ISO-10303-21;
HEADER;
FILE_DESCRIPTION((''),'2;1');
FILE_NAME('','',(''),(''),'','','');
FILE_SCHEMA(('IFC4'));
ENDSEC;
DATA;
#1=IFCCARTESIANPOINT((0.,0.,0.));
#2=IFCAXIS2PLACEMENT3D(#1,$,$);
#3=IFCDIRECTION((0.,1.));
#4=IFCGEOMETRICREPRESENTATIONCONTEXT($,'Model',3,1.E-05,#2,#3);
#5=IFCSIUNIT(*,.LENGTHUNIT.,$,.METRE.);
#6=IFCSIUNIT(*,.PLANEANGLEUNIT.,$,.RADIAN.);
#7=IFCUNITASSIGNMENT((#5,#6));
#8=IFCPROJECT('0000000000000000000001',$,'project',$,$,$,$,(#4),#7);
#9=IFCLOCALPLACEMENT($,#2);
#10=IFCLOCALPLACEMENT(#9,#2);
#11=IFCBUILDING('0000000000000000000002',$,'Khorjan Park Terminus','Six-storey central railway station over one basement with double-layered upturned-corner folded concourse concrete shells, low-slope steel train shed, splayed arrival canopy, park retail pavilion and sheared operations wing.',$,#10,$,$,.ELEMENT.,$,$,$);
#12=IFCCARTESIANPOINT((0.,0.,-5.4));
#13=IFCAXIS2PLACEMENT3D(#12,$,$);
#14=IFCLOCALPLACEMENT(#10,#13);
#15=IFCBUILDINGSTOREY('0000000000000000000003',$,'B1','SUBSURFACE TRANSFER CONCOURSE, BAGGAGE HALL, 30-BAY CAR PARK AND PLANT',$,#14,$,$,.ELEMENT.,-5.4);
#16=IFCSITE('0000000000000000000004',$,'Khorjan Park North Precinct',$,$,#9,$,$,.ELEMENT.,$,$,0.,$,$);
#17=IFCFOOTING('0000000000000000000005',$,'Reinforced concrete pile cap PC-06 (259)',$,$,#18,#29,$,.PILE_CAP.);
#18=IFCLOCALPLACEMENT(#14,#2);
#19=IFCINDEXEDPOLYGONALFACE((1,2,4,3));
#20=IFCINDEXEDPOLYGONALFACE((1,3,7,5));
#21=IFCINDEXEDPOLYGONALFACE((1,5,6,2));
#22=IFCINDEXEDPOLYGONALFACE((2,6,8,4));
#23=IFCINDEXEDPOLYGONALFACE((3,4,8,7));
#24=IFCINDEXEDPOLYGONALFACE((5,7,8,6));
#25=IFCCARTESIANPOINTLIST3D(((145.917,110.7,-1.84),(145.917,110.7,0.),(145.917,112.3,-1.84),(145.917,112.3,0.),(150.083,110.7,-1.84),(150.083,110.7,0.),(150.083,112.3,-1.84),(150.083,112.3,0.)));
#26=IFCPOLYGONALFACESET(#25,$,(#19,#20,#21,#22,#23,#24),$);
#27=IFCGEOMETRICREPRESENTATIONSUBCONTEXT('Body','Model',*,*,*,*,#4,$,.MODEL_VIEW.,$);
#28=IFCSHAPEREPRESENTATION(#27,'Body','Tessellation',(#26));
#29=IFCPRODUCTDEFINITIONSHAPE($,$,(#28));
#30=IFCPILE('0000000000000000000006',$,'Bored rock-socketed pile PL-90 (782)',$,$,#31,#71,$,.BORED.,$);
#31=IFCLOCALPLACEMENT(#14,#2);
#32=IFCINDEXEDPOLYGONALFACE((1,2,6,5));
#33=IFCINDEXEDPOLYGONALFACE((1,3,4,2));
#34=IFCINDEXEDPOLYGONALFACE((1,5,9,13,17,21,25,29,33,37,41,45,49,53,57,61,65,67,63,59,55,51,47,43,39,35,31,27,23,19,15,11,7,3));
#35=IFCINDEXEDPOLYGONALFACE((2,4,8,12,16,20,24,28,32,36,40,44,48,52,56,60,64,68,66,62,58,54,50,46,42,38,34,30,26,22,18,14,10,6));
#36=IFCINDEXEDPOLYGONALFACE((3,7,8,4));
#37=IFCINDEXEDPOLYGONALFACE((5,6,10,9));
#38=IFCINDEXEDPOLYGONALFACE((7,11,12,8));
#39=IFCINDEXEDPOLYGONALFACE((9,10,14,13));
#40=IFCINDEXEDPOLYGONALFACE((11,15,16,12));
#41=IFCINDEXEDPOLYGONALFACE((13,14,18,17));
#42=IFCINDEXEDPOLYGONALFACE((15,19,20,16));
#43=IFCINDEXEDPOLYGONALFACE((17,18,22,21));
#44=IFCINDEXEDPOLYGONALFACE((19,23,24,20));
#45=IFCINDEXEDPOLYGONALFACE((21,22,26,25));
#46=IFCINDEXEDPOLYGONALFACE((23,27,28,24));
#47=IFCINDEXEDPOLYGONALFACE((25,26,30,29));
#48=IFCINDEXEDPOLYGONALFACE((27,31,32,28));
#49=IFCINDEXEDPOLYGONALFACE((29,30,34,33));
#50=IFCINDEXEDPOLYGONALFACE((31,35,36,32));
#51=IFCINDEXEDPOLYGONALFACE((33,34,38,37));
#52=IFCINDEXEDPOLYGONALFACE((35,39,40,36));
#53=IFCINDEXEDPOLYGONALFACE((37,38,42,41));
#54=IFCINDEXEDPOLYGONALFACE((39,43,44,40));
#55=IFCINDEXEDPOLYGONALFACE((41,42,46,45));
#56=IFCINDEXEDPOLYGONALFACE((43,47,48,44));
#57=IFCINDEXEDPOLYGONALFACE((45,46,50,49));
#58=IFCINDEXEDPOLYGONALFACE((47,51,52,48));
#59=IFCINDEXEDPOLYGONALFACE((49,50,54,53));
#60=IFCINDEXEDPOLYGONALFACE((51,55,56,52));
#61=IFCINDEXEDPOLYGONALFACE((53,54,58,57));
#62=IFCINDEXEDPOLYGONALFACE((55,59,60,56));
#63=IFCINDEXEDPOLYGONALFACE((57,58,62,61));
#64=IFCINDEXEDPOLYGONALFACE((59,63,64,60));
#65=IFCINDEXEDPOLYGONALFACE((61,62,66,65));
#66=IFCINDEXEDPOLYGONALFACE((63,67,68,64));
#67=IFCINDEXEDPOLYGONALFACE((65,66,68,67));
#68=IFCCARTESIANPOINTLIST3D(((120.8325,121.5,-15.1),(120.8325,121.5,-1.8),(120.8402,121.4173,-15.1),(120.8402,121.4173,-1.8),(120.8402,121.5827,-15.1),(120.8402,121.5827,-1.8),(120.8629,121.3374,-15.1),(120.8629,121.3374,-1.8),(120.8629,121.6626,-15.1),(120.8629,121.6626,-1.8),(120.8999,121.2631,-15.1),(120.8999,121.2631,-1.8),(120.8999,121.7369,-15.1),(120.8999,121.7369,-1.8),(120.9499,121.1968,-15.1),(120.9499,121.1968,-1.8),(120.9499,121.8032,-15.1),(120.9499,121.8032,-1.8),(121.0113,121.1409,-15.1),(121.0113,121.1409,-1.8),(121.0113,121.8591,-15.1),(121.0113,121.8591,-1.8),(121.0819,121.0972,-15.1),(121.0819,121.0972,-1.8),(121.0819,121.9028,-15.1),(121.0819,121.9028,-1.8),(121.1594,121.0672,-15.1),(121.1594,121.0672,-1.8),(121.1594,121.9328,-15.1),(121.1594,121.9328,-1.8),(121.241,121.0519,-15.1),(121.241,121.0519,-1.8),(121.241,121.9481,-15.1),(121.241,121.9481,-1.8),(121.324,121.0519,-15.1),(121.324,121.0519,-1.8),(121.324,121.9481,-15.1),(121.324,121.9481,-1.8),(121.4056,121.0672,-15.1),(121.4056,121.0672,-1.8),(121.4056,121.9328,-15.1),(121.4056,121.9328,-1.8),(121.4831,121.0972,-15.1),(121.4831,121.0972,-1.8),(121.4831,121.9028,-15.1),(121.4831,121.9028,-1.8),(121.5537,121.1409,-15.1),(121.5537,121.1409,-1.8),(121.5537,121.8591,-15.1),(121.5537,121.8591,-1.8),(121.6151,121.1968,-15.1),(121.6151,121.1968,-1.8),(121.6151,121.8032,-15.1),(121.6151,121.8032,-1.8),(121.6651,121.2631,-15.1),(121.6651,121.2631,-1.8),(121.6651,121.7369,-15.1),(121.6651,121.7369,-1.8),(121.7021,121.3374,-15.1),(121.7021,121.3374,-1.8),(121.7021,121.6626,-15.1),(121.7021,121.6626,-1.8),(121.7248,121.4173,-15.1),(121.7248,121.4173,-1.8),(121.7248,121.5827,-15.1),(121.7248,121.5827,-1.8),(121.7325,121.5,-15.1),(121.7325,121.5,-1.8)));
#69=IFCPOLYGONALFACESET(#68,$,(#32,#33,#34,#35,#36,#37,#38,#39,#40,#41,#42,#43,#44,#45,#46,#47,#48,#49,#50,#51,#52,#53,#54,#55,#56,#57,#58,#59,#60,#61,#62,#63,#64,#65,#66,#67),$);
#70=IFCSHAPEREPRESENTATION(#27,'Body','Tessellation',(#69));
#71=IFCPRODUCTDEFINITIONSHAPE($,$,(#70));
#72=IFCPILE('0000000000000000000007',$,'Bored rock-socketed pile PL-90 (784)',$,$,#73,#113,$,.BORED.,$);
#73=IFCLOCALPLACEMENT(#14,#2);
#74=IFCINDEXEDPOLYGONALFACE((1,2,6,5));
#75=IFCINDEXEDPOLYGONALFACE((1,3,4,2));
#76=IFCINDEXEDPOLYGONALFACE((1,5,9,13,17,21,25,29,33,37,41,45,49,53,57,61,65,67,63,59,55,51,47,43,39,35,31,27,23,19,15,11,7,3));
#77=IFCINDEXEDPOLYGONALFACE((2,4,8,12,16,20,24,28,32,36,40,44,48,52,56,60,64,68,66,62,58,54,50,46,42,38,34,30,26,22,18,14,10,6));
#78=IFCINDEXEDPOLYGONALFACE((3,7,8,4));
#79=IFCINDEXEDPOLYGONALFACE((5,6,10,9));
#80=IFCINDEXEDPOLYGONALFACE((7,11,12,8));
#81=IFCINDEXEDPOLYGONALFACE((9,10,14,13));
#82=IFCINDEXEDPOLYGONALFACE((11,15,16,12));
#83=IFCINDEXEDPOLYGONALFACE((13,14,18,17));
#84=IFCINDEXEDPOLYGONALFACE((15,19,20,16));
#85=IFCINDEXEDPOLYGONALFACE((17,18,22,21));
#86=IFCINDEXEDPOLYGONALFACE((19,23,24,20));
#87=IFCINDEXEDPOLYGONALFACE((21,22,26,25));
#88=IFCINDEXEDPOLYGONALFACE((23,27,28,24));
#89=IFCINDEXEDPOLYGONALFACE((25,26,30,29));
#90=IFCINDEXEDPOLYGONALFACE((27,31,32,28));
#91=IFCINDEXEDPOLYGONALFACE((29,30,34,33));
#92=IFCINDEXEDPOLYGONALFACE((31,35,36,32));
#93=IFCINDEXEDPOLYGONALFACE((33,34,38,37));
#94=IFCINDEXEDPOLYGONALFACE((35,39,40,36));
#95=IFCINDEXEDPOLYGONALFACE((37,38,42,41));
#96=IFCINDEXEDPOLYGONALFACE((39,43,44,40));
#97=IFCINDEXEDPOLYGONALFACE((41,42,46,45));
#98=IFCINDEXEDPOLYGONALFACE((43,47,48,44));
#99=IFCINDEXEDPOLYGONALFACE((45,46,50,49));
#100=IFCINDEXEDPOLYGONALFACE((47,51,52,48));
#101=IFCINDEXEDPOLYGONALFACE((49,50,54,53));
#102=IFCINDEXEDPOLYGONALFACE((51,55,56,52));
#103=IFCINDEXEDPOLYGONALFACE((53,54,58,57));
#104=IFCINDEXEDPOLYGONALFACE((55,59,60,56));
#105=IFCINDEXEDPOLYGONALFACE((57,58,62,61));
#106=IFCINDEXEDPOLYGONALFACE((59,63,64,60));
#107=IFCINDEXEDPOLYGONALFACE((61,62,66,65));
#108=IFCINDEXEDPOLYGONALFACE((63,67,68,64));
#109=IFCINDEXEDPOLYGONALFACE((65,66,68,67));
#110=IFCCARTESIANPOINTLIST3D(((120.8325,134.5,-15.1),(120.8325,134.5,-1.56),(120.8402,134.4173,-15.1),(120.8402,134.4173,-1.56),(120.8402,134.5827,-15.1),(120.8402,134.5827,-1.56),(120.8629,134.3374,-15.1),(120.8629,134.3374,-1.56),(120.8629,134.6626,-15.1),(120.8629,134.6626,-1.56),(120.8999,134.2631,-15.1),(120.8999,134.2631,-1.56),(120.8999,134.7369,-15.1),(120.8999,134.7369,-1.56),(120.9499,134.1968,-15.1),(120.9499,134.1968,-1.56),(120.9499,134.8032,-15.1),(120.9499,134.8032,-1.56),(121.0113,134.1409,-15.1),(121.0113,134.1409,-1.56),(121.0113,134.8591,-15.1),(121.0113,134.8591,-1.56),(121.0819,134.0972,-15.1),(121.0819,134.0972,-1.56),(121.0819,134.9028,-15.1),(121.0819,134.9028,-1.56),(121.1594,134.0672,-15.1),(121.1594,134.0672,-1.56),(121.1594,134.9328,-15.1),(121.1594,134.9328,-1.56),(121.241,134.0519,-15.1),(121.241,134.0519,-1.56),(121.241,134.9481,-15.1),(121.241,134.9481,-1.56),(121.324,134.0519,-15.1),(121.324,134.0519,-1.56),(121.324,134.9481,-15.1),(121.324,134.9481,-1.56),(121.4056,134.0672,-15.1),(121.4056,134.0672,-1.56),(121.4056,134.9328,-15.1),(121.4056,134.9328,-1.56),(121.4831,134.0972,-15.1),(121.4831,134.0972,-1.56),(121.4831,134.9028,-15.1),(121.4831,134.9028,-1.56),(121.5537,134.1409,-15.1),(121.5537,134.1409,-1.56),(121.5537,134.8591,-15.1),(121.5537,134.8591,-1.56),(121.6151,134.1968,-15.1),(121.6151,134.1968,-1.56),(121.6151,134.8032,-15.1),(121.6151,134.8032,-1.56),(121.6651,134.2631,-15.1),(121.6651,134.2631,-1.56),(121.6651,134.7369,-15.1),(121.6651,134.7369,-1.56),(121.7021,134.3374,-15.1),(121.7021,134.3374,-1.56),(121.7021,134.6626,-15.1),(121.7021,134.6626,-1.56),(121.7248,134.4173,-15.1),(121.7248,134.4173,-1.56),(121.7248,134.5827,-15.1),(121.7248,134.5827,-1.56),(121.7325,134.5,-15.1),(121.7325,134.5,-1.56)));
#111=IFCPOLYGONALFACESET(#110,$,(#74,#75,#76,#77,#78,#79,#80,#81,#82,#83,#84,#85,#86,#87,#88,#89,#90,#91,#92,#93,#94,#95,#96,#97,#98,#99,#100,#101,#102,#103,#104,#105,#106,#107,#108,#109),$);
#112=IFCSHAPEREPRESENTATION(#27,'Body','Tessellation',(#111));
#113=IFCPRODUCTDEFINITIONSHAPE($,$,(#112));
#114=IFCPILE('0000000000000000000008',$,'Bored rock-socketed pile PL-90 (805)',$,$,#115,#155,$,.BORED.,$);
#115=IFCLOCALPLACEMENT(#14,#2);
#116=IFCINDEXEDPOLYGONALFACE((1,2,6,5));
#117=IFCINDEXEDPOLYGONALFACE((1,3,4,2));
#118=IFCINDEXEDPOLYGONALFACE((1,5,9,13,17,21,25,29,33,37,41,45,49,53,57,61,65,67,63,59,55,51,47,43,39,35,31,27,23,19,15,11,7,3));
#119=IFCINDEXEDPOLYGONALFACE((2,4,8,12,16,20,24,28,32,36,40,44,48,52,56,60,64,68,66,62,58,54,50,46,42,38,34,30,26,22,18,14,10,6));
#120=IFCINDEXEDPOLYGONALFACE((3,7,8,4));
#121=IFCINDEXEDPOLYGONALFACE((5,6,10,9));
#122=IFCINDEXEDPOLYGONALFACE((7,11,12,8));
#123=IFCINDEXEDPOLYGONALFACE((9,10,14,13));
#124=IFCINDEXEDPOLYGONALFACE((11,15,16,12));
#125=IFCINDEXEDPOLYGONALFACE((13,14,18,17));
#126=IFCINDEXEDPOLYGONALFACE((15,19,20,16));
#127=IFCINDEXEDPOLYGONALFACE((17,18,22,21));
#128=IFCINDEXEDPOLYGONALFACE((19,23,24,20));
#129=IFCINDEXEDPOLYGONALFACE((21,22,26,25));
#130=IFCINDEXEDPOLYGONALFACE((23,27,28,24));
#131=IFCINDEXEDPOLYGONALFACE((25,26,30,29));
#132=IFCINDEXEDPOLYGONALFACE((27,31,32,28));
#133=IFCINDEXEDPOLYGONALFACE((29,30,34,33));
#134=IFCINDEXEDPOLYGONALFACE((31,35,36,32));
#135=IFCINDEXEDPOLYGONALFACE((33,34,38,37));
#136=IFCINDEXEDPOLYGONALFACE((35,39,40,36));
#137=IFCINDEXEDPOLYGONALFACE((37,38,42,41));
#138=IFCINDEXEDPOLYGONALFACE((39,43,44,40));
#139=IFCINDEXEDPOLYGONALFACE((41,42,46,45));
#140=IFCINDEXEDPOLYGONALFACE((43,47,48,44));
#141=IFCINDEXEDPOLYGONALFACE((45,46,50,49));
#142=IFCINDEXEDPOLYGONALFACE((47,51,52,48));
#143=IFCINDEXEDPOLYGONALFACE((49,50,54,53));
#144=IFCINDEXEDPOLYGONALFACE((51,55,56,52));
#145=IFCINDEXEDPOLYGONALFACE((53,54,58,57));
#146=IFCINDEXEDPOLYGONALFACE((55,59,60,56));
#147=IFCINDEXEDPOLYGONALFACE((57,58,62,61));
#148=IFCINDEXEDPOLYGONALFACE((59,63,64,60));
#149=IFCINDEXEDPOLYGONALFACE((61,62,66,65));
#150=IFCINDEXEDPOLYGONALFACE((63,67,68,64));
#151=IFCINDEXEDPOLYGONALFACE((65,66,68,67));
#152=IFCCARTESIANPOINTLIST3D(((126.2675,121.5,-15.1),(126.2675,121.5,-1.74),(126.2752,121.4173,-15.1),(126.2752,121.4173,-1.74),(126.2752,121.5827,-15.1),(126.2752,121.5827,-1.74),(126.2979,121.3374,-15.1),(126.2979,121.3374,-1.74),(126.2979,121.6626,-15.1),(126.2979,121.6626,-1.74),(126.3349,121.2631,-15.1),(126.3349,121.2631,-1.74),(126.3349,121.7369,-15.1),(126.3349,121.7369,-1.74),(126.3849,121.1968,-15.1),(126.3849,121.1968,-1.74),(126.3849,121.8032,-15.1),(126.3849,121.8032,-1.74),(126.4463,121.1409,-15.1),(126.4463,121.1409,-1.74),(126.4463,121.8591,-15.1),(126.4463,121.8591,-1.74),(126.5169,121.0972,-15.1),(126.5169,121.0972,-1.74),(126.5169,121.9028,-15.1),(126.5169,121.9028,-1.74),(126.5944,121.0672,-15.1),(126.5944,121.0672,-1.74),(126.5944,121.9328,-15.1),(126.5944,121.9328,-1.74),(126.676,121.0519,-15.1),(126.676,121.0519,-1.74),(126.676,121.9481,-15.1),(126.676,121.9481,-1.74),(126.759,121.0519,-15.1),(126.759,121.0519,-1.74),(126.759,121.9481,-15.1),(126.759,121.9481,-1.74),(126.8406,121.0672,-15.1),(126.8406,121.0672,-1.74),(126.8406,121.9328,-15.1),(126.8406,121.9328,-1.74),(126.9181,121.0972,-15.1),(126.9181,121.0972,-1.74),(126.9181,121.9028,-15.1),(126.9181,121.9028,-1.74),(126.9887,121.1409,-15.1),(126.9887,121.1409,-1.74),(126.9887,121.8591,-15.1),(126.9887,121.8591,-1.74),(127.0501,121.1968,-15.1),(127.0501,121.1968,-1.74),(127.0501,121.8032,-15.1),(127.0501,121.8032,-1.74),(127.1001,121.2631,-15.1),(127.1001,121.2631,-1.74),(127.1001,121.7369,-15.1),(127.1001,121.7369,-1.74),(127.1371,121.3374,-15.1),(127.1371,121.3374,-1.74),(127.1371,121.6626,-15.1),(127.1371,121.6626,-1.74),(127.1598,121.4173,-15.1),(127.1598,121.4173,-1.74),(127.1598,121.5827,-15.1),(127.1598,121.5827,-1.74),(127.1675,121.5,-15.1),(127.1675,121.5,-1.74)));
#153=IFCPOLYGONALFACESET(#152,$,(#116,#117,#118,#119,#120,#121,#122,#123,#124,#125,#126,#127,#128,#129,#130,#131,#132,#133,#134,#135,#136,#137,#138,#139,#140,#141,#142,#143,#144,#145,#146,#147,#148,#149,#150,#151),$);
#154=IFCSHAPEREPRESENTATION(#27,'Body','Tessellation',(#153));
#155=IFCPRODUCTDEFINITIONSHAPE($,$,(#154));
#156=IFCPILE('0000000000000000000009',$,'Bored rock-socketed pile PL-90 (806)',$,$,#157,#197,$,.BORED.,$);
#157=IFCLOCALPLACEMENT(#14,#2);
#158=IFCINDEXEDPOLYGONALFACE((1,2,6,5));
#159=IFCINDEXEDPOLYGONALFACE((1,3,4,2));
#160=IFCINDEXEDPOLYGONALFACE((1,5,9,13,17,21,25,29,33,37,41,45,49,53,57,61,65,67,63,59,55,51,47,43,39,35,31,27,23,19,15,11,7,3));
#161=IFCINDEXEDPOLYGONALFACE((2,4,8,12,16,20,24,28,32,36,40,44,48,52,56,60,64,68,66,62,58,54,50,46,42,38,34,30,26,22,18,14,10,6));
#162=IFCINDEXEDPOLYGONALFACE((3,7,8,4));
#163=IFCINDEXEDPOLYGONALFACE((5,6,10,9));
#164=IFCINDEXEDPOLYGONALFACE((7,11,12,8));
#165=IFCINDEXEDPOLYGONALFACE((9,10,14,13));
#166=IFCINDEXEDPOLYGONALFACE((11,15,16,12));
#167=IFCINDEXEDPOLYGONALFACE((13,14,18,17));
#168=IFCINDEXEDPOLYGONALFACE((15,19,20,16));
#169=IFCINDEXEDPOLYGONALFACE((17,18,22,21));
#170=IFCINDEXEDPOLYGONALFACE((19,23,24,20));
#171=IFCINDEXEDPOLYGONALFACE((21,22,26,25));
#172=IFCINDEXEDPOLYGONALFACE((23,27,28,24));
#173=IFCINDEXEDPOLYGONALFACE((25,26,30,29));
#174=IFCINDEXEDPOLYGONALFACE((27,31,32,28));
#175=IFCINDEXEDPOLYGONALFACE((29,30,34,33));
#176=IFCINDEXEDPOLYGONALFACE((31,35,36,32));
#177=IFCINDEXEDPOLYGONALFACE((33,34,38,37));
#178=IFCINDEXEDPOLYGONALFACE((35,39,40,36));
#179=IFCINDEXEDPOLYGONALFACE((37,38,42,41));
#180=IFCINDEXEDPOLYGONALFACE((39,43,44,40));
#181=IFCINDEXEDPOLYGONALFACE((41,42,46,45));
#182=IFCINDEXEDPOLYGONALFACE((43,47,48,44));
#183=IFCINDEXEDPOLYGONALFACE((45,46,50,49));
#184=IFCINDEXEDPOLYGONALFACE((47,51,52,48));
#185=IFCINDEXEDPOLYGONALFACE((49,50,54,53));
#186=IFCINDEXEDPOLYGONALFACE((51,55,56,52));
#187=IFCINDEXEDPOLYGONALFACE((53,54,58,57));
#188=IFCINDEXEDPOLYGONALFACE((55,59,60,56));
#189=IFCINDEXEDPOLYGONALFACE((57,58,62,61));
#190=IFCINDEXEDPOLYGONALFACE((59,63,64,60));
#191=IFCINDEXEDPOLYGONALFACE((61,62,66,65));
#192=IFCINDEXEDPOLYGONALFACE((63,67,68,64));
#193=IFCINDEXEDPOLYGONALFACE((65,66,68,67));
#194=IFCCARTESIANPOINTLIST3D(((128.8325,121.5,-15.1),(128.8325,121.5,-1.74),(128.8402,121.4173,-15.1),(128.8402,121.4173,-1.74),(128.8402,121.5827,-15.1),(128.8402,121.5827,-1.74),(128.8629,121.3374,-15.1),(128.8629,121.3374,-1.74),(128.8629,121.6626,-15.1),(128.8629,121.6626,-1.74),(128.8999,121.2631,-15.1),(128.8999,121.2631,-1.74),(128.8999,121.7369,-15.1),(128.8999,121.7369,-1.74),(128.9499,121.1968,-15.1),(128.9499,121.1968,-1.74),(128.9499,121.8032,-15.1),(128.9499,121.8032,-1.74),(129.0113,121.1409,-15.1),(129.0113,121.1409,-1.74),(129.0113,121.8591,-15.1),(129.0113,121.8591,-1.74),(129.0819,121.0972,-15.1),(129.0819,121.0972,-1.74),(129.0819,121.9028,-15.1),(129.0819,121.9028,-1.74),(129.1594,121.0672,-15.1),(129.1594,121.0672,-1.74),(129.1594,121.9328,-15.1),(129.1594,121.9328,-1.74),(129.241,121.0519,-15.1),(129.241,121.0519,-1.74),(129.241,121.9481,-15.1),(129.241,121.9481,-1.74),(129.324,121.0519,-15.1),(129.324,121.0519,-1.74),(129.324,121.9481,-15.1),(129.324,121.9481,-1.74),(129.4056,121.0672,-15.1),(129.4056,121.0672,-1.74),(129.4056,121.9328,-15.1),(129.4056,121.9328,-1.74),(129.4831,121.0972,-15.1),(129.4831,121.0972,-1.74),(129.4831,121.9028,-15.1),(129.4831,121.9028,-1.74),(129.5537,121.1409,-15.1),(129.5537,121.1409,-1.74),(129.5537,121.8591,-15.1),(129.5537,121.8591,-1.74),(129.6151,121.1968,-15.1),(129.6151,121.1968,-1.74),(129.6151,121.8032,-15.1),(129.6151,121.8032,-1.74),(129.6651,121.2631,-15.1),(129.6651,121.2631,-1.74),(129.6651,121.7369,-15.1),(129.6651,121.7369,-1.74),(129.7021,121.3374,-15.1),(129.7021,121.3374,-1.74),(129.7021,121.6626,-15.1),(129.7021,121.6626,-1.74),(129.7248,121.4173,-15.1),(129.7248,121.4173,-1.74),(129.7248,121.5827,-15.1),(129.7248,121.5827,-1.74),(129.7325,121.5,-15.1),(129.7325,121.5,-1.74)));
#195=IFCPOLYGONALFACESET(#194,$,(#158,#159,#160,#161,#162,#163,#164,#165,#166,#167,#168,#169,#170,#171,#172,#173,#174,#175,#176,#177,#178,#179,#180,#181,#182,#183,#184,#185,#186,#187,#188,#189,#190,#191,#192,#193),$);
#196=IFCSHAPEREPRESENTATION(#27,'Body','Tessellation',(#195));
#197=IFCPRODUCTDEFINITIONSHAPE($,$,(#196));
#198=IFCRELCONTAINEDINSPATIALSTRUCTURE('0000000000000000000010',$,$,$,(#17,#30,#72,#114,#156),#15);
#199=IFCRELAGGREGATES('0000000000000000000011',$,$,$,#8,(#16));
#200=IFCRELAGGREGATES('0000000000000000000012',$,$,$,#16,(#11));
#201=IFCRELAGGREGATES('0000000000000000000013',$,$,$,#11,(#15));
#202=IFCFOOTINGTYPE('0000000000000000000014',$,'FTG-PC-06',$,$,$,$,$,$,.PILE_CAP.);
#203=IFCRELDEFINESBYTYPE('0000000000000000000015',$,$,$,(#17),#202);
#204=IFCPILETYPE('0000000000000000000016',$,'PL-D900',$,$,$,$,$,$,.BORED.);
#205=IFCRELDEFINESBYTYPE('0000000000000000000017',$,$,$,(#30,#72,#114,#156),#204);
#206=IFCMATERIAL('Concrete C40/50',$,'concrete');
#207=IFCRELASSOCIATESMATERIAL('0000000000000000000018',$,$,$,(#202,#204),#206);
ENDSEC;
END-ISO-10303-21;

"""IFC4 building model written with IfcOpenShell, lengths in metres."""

from ifc_helpers import new_model, si_unit, direction, frame, origin, origin_2d, place, context, subcontext, project, spatial, rectangle, circle, extrude, material, material_profile, profile_set, type_object, element, save


model = new_model("IFC4")

# Units and contexts
model_context = context("Model", 3, precision=1e-05, world=origin(), true_north=direction((0.0, 1.0)))
body_context = subcontext(model_context, "Body", "Model", "MODEL_VIEW")
ifc_project = project(units=[si_unit("LENGTHUNIT", "METRE"), si_unit("PLANEANGLEUNIT", "RADIAN")], contexts=[model_context])

# Site, building, storey
site_placement = place(None, origin())
site = spatial("IfcSite", under=ifc_project, at=site_placement, Name="Khorjan Park North Precinct", CompositionType="ELEMENT", RefElevation=0.0)
building_placement = place(site_placement, origin())
building = spatial("IfcBuilding", under=site, at=building_placement, Name="Khorjan Park Terminus", Description="Six-storey central railway station over one basement with double-layered upturned-corner folded concourse concrete shells, low-slope steel train shed, splayed arrival canopy, park retail pavilion and sheared operations wing.", CompositionType="ELEMENT")
storey_placement = place(building_placement, frame((0.0, 0.0, -5.4)))
storey = spatial("IfcBuildingStorey", under=building, at=storey_placement, Name="B1", Description="SUBSURFACE TRANSFER CONCOURSE, BAGGAGE HALL, 30-BAY CAR PARK AND PLANT", CompositionType="ELEMENT", Elevation=-5.4)

# Footing
ifc_material = material(Name="Concrete C40/50", Category="concrete")
footing_type_1 = type_object("IfcFootingType", Name="FTG-PC-06", PredefinedType="PILE_CAP", material=ifc_material)
for number, where, z_axis, x_axis, name in (
    (1, (148.0, 111.5, -1.84), (0.0, 0.0, 1.0), (1.0, 0.0, 0.0), "Reinforced concrete pile cap PC-06 (259)"),
):
    element("IfcFooting", number, at=place(storey_placement, frame(where, z_axis=z_axis, x_axis=x_axis)), inside=storey, type_object=footing_type_1, Name=name, PredefinedType="PILE_CAP", context=body_context, shape_type="SweptSolid", body=[
        extrude(rectangle(XDim=4.166, YDim=1.6, at=origin_2d()), origin(), (0.0, 0.0, 1.0), 1.84),
    ])

# Piles
ifc_material_profile_1 = material_profile(ifc_material, circle(Radius=0.45, at=origin_2d()), Name="BORED D900")
ifc_profile_set_1 = profile_set([ifc_material_profile_1], Name="Concrete C40/50")
pile_type = type_object("IfcPileType", Name="PL-D900", PredefinedType="BORED", material=ifc_profile_set_1)
pile_1_placement = place(storey_placement, frame((121.2825, 121.5, -1.8), z_axis=(0.0, 0.0, -1.0), x_axis=(1.0, 0.0, 0.0)))
element("IfcPile", 2, at=pile_1_placement, inside=storey, type_object=pile_type, Name="Bored rock-socketed pile PL-90 (782)", PredefinedType="BORED", context=body_context, shape_type="SweptSolid", body=[
    extrude(circle(Radius=0.45, at=origin_2d()), origin(), (0.0, 0.0, 1.0), 13.3),
])
pile_2_placement = place(storey_placement, frame((121.2825, 134.5, -1.56), z_axis=(0.0, 0.0, -1.0), x_axis=(1.0, 0.0, 0.0)))
element("IfcPile", 3, at=pile_2_placement, inside=storey, type_object=pile_type, Name="Bored rock-socketed pile PL-90 (784)", PredefinedType="BORED", context=body_context, shape_type="SweptSolid", body=[
    extrude(circle(Radius=0.45, at=origin_2d()), origin(), (0.0, 0.0, 1.0), 13.54),
])
for number, where, z_axis, x_axis, name in (
    (4, (126.7175, 121.5, -1.74), (0.0, 0.0, -1.0), (1.0, 0.0, 0.0), "Bored rock-socketed pile PL-90 (805)"),
    (5, (129.2825, 121.5, -1.74), (0.0, 0.0, -1.0), (1.0, 0.0, 0.0), "Bored rock-socketed pile PL-90 (806)"),
):
    element("IfcPile", number, at=place(storey_placement, frame(where, z_axis=z_axis, x_axis=x_axis)), inside=storey, type_object=pile_type, Name=name, PredefinedType="BORED", context=body_context, shape_type="SweptSolid", body=[
        extrude(circle(Radius=0.45, at=origin_2d()), origin(), (0.0, 0.0, 1.0), 13.36),
    ])

save(model, "model.ifc")
